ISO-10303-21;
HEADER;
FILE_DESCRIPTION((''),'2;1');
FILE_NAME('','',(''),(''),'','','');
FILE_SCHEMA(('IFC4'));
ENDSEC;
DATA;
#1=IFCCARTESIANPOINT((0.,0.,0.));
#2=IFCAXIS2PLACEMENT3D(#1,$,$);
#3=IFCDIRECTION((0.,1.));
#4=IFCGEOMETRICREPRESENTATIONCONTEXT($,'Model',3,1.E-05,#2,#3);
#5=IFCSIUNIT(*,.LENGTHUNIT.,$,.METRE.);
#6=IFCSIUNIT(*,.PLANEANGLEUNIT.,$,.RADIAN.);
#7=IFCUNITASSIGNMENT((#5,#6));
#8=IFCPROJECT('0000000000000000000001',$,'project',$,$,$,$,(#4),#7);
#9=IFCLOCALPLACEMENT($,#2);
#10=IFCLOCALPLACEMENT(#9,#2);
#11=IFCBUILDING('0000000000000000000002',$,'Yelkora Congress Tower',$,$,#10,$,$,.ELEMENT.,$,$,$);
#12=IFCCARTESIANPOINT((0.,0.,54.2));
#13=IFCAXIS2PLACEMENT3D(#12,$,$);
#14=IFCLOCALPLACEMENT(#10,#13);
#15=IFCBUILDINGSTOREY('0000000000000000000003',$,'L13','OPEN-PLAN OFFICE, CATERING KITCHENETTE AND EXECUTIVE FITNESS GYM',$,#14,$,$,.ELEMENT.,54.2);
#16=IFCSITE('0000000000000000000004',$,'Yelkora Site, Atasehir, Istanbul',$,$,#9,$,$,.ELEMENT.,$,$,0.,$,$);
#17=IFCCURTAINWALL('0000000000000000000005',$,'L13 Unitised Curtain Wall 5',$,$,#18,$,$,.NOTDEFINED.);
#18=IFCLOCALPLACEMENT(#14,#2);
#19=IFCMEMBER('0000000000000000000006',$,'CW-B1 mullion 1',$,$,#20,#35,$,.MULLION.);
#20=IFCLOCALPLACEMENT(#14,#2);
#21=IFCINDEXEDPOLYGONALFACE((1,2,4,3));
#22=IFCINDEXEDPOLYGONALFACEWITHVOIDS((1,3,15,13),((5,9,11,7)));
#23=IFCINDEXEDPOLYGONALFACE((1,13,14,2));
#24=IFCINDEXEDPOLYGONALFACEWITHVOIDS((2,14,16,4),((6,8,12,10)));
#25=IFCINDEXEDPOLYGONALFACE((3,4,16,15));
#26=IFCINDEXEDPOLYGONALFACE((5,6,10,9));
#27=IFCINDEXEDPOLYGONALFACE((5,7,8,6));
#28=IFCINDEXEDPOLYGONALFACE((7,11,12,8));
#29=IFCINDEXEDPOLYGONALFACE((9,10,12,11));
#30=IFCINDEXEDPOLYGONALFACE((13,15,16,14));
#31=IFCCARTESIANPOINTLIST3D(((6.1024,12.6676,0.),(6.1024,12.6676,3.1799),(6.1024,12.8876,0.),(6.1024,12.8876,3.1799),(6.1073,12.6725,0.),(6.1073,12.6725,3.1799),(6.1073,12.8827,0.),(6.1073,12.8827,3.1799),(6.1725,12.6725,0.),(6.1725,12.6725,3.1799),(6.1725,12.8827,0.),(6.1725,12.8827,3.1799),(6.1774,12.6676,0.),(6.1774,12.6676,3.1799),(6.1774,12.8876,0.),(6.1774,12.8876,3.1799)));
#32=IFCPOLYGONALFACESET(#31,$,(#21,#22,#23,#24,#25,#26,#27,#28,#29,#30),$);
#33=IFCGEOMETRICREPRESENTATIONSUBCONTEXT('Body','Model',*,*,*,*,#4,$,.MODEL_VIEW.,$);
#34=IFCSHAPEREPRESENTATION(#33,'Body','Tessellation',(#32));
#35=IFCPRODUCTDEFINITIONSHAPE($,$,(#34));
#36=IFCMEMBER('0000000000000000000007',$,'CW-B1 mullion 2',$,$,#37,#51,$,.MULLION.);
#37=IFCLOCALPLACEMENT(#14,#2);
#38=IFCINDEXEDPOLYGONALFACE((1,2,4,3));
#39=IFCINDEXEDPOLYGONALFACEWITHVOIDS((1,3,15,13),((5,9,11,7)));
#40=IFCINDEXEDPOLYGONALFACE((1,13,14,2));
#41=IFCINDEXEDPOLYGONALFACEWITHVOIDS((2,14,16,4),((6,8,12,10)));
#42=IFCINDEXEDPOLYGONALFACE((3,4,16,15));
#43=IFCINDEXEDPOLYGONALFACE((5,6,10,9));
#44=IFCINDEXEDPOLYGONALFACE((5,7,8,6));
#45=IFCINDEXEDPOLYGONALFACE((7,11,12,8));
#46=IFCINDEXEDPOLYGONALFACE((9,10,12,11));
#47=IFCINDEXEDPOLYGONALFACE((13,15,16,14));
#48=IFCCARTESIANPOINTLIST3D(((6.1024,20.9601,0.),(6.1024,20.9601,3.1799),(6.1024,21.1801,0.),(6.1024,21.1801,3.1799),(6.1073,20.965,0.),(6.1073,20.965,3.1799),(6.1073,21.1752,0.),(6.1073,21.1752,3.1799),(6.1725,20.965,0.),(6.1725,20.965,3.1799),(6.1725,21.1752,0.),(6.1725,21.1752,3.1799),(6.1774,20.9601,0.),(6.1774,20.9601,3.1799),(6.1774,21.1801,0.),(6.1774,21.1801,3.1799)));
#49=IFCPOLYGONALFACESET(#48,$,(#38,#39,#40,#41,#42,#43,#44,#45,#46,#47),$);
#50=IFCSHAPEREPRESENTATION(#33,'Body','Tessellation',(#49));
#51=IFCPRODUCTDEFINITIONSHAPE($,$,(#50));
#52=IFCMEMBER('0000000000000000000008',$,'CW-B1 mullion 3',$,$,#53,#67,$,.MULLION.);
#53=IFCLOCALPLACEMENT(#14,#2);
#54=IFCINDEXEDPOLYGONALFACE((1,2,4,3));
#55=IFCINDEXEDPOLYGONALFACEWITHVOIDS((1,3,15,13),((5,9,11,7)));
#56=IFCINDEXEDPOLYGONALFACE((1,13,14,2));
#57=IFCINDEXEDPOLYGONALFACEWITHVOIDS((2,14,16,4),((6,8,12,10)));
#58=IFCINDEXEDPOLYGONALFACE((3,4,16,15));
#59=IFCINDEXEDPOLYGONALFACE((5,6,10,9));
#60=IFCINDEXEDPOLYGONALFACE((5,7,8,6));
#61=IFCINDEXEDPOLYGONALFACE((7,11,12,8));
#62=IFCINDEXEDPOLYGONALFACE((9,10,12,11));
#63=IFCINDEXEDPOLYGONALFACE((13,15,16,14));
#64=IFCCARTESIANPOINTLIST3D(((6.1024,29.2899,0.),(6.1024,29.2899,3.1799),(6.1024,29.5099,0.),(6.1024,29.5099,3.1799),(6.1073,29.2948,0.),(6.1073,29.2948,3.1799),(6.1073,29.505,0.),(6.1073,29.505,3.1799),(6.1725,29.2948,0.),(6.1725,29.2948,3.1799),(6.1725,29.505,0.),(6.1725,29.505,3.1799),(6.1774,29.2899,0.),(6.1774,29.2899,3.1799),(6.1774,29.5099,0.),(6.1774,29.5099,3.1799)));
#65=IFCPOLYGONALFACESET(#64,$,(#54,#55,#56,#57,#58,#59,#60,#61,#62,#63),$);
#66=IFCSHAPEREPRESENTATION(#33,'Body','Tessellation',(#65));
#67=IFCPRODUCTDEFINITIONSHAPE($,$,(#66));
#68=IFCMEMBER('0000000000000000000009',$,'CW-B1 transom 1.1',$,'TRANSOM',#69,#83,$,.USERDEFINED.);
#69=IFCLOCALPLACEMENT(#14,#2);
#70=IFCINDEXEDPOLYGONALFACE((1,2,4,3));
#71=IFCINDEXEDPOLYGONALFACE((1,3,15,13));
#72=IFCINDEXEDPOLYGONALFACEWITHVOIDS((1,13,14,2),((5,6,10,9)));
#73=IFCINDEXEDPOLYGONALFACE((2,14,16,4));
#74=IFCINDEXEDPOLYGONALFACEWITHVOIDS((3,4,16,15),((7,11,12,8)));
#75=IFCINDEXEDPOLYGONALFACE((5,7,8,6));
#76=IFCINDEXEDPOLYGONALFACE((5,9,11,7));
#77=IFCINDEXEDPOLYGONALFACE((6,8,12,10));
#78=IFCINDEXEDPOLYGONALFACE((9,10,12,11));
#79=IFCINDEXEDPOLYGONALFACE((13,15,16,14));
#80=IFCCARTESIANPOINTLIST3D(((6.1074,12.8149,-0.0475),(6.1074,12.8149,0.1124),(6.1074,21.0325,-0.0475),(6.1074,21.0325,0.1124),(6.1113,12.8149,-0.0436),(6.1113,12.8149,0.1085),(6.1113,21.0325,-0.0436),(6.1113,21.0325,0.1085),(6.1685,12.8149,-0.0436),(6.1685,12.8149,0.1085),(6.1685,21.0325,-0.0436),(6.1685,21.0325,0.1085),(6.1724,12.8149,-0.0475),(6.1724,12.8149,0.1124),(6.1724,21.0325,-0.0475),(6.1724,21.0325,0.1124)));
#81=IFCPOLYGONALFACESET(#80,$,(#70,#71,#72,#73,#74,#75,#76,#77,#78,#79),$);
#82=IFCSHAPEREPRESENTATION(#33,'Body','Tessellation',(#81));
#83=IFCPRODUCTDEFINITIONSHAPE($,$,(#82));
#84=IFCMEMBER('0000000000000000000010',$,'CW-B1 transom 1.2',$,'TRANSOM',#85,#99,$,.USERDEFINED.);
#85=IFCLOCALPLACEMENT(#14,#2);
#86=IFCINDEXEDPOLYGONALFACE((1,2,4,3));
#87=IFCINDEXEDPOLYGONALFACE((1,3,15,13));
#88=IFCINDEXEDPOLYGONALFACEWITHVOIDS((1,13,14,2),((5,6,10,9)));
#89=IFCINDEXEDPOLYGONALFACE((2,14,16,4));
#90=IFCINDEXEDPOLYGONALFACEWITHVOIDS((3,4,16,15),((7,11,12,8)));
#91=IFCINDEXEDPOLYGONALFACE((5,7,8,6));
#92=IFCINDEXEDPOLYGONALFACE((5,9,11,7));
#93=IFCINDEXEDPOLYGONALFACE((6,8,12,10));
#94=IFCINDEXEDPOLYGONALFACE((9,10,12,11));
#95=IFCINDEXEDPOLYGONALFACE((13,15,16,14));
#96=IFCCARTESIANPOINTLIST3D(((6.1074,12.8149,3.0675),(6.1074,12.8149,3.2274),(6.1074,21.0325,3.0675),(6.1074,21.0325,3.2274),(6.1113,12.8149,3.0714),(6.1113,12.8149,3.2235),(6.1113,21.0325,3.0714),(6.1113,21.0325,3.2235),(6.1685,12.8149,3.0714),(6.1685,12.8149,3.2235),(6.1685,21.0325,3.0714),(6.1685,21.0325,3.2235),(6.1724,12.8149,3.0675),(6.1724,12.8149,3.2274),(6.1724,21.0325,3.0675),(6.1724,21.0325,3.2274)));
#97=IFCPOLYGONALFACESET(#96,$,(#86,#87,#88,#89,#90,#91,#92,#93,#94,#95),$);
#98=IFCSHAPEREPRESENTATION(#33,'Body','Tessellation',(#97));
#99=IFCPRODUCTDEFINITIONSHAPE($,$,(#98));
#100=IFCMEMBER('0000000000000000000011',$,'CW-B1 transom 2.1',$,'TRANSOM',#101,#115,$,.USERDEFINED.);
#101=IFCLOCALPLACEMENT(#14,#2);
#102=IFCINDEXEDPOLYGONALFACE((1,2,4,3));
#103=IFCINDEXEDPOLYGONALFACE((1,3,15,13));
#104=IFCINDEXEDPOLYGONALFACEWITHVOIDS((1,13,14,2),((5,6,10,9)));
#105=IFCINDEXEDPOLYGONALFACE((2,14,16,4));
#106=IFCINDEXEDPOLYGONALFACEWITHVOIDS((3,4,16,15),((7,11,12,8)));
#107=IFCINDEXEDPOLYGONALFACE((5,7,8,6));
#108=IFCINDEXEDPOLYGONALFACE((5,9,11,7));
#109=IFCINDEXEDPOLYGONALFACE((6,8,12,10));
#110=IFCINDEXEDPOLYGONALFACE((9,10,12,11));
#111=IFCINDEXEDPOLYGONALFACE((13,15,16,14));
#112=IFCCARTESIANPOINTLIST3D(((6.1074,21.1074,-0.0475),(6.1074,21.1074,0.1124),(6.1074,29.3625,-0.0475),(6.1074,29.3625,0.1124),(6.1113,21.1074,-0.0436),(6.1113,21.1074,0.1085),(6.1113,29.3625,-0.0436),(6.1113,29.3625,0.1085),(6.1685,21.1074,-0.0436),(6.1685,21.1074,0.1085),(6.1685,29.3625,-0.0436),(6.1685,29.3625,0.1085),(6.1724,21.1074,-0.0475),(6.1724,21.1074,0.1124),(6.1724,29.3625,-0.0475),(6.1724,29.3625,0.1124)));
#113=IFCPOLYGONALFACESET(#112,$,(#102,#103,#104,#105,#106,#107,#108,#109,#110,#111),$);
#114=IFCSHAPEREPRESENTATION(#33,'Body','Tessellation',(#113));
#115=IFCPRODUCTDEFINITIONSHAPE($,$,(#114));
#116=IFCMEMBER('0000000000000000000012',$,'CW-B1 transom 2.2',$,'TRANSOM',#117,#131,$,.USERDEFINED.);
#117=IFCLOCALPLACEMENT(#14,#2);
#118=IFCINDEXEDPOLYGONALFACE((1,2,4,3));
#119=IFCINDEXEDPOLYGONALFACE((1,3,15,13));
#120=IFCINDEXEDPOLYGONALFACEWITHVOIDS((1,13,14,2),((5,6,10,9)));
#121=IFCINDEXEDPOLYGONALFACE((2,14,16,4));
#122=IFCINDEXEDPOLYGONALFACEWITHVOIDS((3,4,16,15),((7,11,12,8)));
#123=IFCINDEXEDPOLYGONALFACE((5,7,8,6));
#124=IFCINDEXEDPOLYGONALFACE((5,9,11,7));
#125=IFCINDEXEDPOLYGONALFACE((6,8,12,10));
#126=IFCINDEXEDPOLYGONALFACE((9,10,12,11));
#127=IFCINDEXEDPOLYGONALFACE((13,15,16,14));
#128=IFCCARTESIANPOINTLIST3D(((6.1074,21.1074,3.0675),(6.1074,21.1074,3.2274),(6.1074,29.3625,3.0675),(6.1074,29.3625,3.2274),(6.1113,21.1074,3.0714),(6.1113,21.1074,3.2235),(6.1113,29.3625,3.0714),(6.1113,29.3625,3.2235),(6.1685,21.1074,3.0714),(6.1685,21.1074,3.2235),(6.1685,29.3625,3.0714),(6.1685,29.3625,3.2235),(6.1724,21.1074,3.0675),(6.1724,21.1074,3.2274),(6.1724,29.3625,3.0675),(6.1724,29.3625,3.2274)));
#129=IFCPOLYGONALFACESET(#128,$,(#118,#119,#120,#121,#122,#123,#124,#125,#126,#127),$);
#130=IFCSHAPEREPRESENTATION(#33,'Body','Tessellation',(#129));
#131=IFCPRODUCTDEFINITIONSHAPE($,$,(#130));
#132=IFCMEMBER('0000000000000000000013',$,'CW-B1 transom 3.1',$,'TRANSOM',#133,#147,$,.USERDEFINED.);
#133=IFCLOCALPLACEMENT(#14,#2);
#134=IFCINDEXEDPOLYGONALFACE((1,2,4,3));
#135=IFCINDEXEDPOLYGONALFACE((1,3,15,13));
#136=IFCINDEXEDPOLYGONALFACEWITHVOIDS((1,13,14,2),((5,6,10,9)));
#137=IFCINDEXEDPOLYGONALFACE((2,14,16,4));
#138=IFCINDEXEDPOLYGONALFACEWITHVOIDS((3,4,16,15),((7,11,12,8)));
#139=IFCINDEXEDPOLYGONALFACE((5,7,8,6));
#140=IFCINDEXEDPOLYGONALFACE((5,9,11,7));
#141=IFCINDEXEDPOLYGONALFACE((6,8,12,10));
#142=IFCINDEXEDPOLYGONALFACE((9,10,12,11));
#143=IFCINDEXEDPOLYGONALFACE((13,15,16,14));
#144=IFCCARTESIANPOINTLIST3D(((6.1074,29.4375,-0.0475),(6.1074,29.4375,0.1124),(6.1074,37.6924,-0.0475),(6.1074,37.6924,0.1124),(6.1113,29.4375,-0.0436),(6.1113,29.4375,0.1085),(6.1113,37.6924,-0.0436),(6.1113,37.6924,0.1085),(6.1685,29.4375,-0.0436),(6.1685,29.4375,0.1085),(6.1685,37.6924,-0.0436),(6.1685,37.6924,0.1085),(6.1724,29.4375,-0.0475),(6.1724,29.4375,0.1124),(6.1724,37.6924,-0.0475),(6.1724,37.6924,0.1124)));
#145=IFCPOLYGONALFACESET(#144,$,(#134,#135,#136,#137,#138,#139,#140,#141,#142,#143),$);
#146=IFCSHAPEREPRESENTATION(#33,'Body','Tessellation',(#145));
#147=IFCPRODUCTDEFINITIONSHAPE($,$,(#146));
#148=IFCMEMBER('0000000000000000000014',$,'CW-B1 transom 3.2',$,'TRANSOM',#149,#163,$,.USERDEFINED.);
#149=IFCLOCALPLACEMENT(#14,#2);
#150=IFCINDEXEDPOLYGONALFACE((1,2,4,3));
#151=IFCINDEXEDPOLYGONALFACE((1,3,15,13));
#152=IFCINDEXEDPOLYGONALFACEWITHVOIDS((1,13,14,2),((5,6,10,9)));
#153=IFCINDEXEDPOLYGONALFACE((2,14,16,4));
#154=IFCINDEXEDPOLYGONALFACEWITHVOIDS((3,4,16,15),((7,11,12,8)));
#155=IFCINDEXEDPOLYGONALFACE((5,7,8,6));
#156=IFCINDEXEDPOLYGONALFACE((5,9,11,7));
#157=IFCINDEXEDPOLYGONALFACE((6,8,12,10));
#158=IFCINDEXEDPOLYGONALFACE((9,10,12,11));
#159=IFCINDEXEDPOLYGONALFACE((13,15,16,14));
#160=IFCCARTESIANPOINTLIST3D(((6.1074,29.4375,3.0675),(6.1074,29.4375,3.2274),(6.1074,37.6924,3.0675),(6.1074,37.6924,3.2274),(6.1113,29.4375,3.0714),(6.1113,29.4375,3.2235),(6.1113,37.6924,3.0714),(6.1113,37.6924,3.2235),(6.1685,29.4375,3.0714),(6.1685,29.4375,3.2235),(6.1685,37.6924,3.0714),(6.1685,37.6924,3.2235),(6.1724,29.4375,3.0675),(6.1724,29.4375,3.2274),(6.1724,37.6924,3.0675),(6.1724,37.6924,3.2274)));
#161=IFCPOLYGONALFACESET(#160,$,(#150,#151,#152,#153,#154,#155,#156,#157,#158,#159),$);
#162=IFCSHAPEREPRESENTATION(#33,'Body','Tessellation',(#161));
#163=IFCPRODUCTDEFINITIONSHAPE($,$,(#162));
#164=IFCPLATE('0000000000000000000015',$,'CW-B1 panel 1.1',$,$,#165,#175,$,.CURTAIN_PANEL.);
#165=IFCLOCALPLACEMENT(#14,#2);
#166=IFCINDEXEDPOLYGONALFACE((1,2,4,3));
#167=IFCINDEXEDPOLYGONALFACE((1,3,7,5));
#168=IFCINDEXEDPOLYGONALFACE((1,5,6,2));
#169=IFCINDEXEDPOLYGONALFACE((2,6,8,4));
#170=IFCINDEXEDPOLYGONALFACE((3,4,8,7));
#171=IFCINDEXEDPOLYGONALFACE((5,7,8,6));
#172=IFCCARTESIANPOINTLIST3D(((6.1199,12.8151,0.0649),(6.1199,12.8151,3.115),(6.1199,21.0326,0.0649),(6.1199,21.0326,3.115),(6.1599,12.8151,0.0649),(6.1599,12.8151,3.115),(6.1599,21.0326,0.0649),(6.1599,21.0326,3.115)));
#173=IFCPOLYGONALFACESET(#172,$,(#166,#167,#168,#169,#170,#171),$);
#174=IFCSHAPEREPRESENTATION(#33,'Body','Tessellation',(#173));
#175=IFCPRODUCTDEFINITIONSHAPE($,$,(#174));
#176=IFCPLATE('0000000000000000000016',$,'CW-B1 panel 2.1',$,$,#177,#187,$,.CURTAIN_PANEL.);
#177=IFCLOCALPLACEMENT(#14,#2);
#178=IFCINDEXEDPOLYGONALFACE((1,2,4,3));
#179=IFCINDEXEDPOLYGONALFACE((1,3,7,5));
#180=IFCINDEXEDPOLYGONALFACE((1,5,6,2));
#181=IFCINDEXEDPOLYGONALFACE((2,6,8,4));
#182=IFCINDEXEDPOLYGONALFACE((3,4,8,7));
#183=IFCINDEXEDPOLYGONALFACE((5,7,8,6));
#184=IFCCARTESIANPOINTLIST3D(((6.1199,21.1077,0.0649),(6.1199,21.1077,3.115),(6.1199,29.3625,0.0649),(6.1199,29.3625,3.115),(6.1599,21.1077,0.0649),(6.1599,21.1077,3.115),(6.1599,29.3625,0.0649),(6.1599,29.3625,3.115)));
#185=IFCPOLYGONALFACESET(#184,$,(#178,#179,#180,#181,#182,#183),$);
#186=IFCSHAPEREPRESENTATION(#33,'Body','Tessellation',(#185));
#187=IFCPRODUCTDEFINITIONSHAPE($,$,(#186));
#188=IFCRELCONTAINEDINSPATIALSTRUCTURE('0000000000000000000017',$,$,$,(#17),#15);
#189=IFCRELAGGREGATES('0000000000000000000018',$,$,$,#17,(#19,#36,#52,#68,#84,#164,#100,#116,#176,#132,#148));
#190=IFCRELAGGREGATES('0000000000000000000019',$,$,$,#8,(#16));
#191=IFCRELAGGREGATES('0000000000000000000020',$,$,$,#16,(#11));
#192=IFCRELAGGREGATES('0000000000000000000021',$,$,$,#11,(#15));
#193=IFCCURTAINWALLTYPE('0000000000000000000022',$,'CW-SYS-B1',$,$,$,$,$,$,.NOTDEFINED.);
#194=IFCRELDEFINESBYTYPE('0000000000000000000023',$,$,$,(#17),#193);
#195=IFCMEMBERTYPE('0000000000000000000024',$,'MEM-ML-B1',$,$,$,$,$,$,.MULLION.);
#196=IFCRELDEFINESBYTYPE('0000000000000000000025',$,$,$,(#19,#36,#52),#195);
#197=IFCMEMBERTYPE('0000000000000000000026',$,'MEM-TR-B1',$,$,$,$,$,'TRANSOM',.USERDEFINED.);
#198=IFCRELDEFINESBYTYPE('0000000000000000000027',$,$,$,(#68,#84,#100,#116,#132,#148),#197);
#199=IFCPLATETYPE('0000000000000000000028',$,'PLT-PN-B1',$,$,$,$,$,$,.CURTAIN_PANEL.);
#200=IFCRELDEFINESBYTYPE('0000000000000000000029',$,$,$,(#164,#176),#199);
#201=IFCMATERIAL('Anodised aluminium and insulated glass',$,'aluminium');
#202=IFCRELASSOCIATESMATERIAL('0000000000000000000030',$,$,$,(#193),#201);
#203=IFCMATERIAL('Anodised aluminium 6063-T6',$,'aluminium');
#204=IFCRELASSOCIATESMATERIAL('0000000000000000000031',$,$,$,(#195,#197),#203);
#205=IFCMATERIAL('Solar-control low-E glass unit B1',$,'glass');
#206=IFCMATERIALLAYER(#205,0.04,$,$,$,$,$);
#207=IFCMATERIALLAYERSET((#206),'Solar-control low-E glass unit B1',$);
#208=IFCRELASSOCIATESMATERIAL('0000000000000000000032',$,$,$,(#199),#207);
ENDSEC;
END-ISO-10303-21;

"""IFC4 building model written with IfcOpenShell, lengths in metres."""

from ifc_helpers import new_model, si_unit, direction, frame, origin, origin_2d, place, context, subcontext, project, spatial, rectangle, hollow_rectangle, extrude, material, layer, layer_set, material_profile, profile_set, type_object, element, aggregate, save


model = new_model("IFC4")

# Units and contexts
model_context = context("Model", 3, precision=1e-05, world=origin(), true_north=direction((0.0, 1.0)))
body_context = subcontext(model_context, "Body", "Model", "MODEL_VIEW")
ifc_project = project(units=[si_unit("LENGTHUNIT", "METRE"), si_unit("PLANEANGLEUNIT", "RADIAN")], contexts=[model_context])

# Site, building, storey
site_placement = place(None, origin())
site = spatial("IfcSite", under=ifc_project, at=site_placement, Name="Yelkora Site, Atasehir, Istanbul", CompositionType="ELEMENT", RefElevation=0.0)
building_placement = place(site_placement, origin())
building = spatial("IfcBuilding", under=site, at=building_placement, Name="Yelkora Congress Tower", CompositionType="ELEMENT")
storey_placement = place(building_placement, frame((0.0, 0.0, 54.2)))
storey = spatial("IfcBuildingStorey", under=building, at=storey_placement, Name="L13", Description="OPEN-PLAN OFFICE, CATERING KITCHENETTE AND EXECUTIVE FITNESS GYM", CompositionType="ELEMENT", Elevation=54.2)

# Curtain wall, members, plates
ifc_material_1 = material(Name="Anodised aluminium and insulated glass", Category="aluminium")
curtain_wall_type = type_object("IfcCurtainWallType", Name="CW-SYS-B1", PredefinedType="NOTDEFINED", material=ifc_material_1)
curtain_wall_placement = place(storey_placement, origin())
curtain_wall = element("IfcCurtainWall", 1, at=curtain_wall_placement, inside=storey, type_object=curtain_wall_type, Name="L13 Unitised Curtain Wall 5", PredefinedType="NOTDEFINED")
ifc_material_2 = material(Name="Anodised aluminium 6063-T6", Category="aluminium")
ifc_material_profile_1 = material_profile(ifc_material_2, hollow_rectangle(XDim=0.075, YDim=0.22, WallThickness=0.0049, at=origin_2d()), Name="ALU 75x220x5")
ifc_profile_set_1 = profile_set([ifc_material_profile_1], Name="Anodised aluminium 6063-T6")
member_type_1 = type_object("IfcMemberType", Name="MEM-ML-B1", PredefinedType="MULLION", material=ifc_profile_set_1)
member_1_placement = place(storey_placement, frame((6.1399, 12.7776, 0.0), z_axis=(0.0, 0.0, 1.0), x_axis=(-1.0, 0.0, 0.0)))
member_1 = element("IfcMember", 2, at=member_1_placement, type_object=member_type_1, Name="CW-B1 mullion 1", PredefinedType="MULLION", context=body_context, shape_type="SweptSolid", body=[
    extrude(hollow_rectangle(XDim=0.075, YDim=0.22, WallThickness=0.0049, at=origin_2d()), origin(), (0.0, 0.0, 1.0), 3.1799),
])
member_2_placement = place(storey_placement, frame((6.1399, 21.0701, 0.0), z_axis=(0.0, 0.0, 1.0), x_axis=(-1.0, 0.0, 0.0)))
member_2 = element("IfcMember", 3, at=member_2_placement, type_object=member_type_1, Name="CW-B1 mullion 2", PredefinedType="MULLION", context=body_context, shape_type="SweptSolid", body=[
    extrude(hollow_rectangle(XDim=0.075, YDim=0.22, WallThickness=0.0049, at=origin_2d()), origin(), (0.0, 0.0, 1.0), 3.1799),
])
member_3_placement = place(storey_placement, frame((6.1399, 29.3999, 0.0), z_axis=(0.0, 0.0, 1.0), x_axis=(-1.0, 0.0, 0.0)))
member_3 = element("IfcMember", 4, at=member_3_placement, type_object=member_type_1, Name="CW-B1 mullion 3", PredefinedType="MULLION", context=body_context, shape_type="SweptSolid", body=[
    extrude(hollow_rectangle(XDim=0.075, YDim=0.22, WallThickness=0.0049, at=origin_2d()), origin(), (0.0, 0.0, 1.0), 3.1799),
])
ifc_material_profile_2 = material_profile(ifc_material_2, hollow_rectangle(XDim=0.0649, YDim=0.1599, WallThickness=0.0039, at=origin_2d()), Name="ALU 65x160x4")
ifc_profile_set_2 = profile_set([ifc_material_profile_2], Name="Anodised aluminium 6063-T6")
member_type_2 = type_object("IfcMemberType", Name="MEM-TR-B1", ElementType="TRANSOM", PredefinedType="USERDEFINED", material=ifc_profile_set_2)
member_4_placement = place(storey_placement, frame((6.1399, 12.8149, 0.0325), z_axis=(0.0, 1.0, 0.0), x_axis=(-1.0, 0.0, 0.0)))
member_4 = element("IfcMember", 5, at=member_4_placement, type_object=member_type_2, Name="CW-B1 transom 1.1", ObjectType="TRANSOM", PredefinedType="USERDEFINED", context=body_context, shape_type="SweptSolid", body=[
    extrude(hollow_rectangle(XDim=0.0649, YDim=0.1599, WallThickness=0.0039, at=origin_2d()), origin(), (0.0, 0.0, 1.0), 8.2175),
])
member_5_placement = place(storey_placement, frame((6.1399, 12.8149, 3.1475), z_axis=(0.0, 1.0, 0.0), x_axis=(-1.0, 0.0, 0.0)))
member_5 = element("IfcMember", 6, at=member_5_placement, type_object=member_type_2, Name="CW-B1 transom 1.2", ObjectType="TRANSOM", PredefinedType="USERDEFINED", context=body_context, shape_type="SweptSolid", body=[
    extrude(hollow_rectangle(XDim=0.0649, YDim=0.1599, WallThickness=0.0039, at=origin_2d()), origin(), (0.0, 0.0, 1.0), 8.2175),
])
member_6_placement = place(storey_placement, frame((6.1399, 21.1074, 0.0325), z_axis=(0.0, 1.0, 0.0), x_axis=(-1.0, 0.0, 0.0)))
member_6 = element("IfcMember", 7, at=member_6_placement, type_object=member_type_2, Name="CW-B1 transom 2.1", ObjectType="TRANSOM", PredefinedType="USERDEFINED", context=body_context, shape_type="SweptSolid", body=[
    extrude(hollow_rectangle(XDim=0.0649, YDim=0.1599, WallThickness=0.0039, at=origin_2d()), origin(), (0.0, 0.0, 1.0), 8.2551),
])
member_7_placement = place(storey_placement, frame((6.1399, 21.1074, 3.1475), z_axis=(0.0, 1.0, 0.0), x_axis=(-1.0, 0.0, 0.0)))
member_7 = element("IfcMember", 8, at=member_7_placement, type_object=member_type_2, Name="CW-B1 transom 2.2", ObjectType="TRANSOM", PredefinedType="USERDEFINED", context=body_context, shape_type="SweptSolid", body=[
    extrude(hollow_rectangle(XDim=0.0649, YDim=0.1599, WallThickness=0.0039, at=origin_2d()), origin(), (0.0, 0.0, 1.0), 8.2551),
])
member_8_placement = place(storey_placement, frame((6.1399, 29.4375, 0.0325), z_axis=(0.0, 1.0, 0.0), x_axis=(-1.0, 0.0, 0.0)))
member_8 = element("IfcMember", 9, at=member_8_placement, type_object=member_type_2, Name="CW-B1 transom 3.1", ObjectType="TRANSOM", PredefinedType="USERDEFINED", context=body_context, shape_type="SweptSolid", body=[
    extrude(hollow_rectangle(XDim=0.0649, YDim=0.1599, WallThickness=0.0039, at=origin_2d()), origin(), (0.0, 0.0, 1.0), 8.2549),
])
member_9_placement = place(storey_placement, frame((6.1399, 29.4375, 3.1475), z_axis=(0.0, 1.0, 0.0), x_axis=(-1.0, 0.0, 0.0)))
member_9 = element("IfcMember", 10, at=member_9_placement, type_object=member_type_2, Name="CW-B1 transom 3.2", ObjectType="TRANSOM", PredefinedType="USERDEFINED", context=body_context, shape_type="SweptSolid", body=[
    extrude(hollow_rectangle(XDim=0.0649, YDim=0.1599, WallThickness=0.0039, at=origin_2d()), origin(), (0.0, 0.0, 1.0), 8.2549),
])
ifc_material_3 = material(Name="Solar-control low-E glass unit B1", Category="glass")
ifc_layer_1 = layer(ifc_material_3, 0.04)
ifc_layer_set_1 = layer_set([ifc_layer_1], Name="Solar-control low-E glass unit B1")
plate_type = type_object("IfcPlateType", Name="PLT-PN-B1", PredefinedType="CURTAIN_PANEL", material=ifc_layer_set_1)
plate_1_placement = place(storey_placement, frame((6.1399, 16.9238, 0.0649), z_axis=(0.0, 0.0, 1.0), x_axis=(0.0, 1.0, 0.0)))
plate_1 = element("IfcPlate", 11, at=plate_1_placement, type_object=plate_type, Name="CW-B1 panel 1.1", PredefinedType="CURTAIN_PANEL", context=body_context, shape_type="SweptSolid", body=[
    extrude(rectangle(XDim=8.2175, YDim=0.04, at=origin_2d()), origin(), (0.0, 0.0, 1.0), 3.05),
])
plate_2_placement = place(storey_placement, frame((6.1399, 25.2351, 0.0649), z_axis=(0.0, 0.0, 1.0), x_axis=(0.0, 1.0, 0.0)))
plate_2 = element("IfcPlate", 12, at=plate_2_placement, type_object=plate_type, Name="CW-B1 panel 2.1", PredefinedType="CURTAIN_PANEL", context=body_context, shape_type="SweptSolid", body=[
    extrude(rectangle(XDim=8.2549, YDim=0.04, at=origin_2d()), origin(), (0.0, 0.0, 1.0), 3.05),
])
aggregate(curtain_wall, [member_1, member_2, member_3, member_4, member_5, plate_1, member_6, member_7, plate_2, member_8, member_9])

save(model, "model.ifc")
